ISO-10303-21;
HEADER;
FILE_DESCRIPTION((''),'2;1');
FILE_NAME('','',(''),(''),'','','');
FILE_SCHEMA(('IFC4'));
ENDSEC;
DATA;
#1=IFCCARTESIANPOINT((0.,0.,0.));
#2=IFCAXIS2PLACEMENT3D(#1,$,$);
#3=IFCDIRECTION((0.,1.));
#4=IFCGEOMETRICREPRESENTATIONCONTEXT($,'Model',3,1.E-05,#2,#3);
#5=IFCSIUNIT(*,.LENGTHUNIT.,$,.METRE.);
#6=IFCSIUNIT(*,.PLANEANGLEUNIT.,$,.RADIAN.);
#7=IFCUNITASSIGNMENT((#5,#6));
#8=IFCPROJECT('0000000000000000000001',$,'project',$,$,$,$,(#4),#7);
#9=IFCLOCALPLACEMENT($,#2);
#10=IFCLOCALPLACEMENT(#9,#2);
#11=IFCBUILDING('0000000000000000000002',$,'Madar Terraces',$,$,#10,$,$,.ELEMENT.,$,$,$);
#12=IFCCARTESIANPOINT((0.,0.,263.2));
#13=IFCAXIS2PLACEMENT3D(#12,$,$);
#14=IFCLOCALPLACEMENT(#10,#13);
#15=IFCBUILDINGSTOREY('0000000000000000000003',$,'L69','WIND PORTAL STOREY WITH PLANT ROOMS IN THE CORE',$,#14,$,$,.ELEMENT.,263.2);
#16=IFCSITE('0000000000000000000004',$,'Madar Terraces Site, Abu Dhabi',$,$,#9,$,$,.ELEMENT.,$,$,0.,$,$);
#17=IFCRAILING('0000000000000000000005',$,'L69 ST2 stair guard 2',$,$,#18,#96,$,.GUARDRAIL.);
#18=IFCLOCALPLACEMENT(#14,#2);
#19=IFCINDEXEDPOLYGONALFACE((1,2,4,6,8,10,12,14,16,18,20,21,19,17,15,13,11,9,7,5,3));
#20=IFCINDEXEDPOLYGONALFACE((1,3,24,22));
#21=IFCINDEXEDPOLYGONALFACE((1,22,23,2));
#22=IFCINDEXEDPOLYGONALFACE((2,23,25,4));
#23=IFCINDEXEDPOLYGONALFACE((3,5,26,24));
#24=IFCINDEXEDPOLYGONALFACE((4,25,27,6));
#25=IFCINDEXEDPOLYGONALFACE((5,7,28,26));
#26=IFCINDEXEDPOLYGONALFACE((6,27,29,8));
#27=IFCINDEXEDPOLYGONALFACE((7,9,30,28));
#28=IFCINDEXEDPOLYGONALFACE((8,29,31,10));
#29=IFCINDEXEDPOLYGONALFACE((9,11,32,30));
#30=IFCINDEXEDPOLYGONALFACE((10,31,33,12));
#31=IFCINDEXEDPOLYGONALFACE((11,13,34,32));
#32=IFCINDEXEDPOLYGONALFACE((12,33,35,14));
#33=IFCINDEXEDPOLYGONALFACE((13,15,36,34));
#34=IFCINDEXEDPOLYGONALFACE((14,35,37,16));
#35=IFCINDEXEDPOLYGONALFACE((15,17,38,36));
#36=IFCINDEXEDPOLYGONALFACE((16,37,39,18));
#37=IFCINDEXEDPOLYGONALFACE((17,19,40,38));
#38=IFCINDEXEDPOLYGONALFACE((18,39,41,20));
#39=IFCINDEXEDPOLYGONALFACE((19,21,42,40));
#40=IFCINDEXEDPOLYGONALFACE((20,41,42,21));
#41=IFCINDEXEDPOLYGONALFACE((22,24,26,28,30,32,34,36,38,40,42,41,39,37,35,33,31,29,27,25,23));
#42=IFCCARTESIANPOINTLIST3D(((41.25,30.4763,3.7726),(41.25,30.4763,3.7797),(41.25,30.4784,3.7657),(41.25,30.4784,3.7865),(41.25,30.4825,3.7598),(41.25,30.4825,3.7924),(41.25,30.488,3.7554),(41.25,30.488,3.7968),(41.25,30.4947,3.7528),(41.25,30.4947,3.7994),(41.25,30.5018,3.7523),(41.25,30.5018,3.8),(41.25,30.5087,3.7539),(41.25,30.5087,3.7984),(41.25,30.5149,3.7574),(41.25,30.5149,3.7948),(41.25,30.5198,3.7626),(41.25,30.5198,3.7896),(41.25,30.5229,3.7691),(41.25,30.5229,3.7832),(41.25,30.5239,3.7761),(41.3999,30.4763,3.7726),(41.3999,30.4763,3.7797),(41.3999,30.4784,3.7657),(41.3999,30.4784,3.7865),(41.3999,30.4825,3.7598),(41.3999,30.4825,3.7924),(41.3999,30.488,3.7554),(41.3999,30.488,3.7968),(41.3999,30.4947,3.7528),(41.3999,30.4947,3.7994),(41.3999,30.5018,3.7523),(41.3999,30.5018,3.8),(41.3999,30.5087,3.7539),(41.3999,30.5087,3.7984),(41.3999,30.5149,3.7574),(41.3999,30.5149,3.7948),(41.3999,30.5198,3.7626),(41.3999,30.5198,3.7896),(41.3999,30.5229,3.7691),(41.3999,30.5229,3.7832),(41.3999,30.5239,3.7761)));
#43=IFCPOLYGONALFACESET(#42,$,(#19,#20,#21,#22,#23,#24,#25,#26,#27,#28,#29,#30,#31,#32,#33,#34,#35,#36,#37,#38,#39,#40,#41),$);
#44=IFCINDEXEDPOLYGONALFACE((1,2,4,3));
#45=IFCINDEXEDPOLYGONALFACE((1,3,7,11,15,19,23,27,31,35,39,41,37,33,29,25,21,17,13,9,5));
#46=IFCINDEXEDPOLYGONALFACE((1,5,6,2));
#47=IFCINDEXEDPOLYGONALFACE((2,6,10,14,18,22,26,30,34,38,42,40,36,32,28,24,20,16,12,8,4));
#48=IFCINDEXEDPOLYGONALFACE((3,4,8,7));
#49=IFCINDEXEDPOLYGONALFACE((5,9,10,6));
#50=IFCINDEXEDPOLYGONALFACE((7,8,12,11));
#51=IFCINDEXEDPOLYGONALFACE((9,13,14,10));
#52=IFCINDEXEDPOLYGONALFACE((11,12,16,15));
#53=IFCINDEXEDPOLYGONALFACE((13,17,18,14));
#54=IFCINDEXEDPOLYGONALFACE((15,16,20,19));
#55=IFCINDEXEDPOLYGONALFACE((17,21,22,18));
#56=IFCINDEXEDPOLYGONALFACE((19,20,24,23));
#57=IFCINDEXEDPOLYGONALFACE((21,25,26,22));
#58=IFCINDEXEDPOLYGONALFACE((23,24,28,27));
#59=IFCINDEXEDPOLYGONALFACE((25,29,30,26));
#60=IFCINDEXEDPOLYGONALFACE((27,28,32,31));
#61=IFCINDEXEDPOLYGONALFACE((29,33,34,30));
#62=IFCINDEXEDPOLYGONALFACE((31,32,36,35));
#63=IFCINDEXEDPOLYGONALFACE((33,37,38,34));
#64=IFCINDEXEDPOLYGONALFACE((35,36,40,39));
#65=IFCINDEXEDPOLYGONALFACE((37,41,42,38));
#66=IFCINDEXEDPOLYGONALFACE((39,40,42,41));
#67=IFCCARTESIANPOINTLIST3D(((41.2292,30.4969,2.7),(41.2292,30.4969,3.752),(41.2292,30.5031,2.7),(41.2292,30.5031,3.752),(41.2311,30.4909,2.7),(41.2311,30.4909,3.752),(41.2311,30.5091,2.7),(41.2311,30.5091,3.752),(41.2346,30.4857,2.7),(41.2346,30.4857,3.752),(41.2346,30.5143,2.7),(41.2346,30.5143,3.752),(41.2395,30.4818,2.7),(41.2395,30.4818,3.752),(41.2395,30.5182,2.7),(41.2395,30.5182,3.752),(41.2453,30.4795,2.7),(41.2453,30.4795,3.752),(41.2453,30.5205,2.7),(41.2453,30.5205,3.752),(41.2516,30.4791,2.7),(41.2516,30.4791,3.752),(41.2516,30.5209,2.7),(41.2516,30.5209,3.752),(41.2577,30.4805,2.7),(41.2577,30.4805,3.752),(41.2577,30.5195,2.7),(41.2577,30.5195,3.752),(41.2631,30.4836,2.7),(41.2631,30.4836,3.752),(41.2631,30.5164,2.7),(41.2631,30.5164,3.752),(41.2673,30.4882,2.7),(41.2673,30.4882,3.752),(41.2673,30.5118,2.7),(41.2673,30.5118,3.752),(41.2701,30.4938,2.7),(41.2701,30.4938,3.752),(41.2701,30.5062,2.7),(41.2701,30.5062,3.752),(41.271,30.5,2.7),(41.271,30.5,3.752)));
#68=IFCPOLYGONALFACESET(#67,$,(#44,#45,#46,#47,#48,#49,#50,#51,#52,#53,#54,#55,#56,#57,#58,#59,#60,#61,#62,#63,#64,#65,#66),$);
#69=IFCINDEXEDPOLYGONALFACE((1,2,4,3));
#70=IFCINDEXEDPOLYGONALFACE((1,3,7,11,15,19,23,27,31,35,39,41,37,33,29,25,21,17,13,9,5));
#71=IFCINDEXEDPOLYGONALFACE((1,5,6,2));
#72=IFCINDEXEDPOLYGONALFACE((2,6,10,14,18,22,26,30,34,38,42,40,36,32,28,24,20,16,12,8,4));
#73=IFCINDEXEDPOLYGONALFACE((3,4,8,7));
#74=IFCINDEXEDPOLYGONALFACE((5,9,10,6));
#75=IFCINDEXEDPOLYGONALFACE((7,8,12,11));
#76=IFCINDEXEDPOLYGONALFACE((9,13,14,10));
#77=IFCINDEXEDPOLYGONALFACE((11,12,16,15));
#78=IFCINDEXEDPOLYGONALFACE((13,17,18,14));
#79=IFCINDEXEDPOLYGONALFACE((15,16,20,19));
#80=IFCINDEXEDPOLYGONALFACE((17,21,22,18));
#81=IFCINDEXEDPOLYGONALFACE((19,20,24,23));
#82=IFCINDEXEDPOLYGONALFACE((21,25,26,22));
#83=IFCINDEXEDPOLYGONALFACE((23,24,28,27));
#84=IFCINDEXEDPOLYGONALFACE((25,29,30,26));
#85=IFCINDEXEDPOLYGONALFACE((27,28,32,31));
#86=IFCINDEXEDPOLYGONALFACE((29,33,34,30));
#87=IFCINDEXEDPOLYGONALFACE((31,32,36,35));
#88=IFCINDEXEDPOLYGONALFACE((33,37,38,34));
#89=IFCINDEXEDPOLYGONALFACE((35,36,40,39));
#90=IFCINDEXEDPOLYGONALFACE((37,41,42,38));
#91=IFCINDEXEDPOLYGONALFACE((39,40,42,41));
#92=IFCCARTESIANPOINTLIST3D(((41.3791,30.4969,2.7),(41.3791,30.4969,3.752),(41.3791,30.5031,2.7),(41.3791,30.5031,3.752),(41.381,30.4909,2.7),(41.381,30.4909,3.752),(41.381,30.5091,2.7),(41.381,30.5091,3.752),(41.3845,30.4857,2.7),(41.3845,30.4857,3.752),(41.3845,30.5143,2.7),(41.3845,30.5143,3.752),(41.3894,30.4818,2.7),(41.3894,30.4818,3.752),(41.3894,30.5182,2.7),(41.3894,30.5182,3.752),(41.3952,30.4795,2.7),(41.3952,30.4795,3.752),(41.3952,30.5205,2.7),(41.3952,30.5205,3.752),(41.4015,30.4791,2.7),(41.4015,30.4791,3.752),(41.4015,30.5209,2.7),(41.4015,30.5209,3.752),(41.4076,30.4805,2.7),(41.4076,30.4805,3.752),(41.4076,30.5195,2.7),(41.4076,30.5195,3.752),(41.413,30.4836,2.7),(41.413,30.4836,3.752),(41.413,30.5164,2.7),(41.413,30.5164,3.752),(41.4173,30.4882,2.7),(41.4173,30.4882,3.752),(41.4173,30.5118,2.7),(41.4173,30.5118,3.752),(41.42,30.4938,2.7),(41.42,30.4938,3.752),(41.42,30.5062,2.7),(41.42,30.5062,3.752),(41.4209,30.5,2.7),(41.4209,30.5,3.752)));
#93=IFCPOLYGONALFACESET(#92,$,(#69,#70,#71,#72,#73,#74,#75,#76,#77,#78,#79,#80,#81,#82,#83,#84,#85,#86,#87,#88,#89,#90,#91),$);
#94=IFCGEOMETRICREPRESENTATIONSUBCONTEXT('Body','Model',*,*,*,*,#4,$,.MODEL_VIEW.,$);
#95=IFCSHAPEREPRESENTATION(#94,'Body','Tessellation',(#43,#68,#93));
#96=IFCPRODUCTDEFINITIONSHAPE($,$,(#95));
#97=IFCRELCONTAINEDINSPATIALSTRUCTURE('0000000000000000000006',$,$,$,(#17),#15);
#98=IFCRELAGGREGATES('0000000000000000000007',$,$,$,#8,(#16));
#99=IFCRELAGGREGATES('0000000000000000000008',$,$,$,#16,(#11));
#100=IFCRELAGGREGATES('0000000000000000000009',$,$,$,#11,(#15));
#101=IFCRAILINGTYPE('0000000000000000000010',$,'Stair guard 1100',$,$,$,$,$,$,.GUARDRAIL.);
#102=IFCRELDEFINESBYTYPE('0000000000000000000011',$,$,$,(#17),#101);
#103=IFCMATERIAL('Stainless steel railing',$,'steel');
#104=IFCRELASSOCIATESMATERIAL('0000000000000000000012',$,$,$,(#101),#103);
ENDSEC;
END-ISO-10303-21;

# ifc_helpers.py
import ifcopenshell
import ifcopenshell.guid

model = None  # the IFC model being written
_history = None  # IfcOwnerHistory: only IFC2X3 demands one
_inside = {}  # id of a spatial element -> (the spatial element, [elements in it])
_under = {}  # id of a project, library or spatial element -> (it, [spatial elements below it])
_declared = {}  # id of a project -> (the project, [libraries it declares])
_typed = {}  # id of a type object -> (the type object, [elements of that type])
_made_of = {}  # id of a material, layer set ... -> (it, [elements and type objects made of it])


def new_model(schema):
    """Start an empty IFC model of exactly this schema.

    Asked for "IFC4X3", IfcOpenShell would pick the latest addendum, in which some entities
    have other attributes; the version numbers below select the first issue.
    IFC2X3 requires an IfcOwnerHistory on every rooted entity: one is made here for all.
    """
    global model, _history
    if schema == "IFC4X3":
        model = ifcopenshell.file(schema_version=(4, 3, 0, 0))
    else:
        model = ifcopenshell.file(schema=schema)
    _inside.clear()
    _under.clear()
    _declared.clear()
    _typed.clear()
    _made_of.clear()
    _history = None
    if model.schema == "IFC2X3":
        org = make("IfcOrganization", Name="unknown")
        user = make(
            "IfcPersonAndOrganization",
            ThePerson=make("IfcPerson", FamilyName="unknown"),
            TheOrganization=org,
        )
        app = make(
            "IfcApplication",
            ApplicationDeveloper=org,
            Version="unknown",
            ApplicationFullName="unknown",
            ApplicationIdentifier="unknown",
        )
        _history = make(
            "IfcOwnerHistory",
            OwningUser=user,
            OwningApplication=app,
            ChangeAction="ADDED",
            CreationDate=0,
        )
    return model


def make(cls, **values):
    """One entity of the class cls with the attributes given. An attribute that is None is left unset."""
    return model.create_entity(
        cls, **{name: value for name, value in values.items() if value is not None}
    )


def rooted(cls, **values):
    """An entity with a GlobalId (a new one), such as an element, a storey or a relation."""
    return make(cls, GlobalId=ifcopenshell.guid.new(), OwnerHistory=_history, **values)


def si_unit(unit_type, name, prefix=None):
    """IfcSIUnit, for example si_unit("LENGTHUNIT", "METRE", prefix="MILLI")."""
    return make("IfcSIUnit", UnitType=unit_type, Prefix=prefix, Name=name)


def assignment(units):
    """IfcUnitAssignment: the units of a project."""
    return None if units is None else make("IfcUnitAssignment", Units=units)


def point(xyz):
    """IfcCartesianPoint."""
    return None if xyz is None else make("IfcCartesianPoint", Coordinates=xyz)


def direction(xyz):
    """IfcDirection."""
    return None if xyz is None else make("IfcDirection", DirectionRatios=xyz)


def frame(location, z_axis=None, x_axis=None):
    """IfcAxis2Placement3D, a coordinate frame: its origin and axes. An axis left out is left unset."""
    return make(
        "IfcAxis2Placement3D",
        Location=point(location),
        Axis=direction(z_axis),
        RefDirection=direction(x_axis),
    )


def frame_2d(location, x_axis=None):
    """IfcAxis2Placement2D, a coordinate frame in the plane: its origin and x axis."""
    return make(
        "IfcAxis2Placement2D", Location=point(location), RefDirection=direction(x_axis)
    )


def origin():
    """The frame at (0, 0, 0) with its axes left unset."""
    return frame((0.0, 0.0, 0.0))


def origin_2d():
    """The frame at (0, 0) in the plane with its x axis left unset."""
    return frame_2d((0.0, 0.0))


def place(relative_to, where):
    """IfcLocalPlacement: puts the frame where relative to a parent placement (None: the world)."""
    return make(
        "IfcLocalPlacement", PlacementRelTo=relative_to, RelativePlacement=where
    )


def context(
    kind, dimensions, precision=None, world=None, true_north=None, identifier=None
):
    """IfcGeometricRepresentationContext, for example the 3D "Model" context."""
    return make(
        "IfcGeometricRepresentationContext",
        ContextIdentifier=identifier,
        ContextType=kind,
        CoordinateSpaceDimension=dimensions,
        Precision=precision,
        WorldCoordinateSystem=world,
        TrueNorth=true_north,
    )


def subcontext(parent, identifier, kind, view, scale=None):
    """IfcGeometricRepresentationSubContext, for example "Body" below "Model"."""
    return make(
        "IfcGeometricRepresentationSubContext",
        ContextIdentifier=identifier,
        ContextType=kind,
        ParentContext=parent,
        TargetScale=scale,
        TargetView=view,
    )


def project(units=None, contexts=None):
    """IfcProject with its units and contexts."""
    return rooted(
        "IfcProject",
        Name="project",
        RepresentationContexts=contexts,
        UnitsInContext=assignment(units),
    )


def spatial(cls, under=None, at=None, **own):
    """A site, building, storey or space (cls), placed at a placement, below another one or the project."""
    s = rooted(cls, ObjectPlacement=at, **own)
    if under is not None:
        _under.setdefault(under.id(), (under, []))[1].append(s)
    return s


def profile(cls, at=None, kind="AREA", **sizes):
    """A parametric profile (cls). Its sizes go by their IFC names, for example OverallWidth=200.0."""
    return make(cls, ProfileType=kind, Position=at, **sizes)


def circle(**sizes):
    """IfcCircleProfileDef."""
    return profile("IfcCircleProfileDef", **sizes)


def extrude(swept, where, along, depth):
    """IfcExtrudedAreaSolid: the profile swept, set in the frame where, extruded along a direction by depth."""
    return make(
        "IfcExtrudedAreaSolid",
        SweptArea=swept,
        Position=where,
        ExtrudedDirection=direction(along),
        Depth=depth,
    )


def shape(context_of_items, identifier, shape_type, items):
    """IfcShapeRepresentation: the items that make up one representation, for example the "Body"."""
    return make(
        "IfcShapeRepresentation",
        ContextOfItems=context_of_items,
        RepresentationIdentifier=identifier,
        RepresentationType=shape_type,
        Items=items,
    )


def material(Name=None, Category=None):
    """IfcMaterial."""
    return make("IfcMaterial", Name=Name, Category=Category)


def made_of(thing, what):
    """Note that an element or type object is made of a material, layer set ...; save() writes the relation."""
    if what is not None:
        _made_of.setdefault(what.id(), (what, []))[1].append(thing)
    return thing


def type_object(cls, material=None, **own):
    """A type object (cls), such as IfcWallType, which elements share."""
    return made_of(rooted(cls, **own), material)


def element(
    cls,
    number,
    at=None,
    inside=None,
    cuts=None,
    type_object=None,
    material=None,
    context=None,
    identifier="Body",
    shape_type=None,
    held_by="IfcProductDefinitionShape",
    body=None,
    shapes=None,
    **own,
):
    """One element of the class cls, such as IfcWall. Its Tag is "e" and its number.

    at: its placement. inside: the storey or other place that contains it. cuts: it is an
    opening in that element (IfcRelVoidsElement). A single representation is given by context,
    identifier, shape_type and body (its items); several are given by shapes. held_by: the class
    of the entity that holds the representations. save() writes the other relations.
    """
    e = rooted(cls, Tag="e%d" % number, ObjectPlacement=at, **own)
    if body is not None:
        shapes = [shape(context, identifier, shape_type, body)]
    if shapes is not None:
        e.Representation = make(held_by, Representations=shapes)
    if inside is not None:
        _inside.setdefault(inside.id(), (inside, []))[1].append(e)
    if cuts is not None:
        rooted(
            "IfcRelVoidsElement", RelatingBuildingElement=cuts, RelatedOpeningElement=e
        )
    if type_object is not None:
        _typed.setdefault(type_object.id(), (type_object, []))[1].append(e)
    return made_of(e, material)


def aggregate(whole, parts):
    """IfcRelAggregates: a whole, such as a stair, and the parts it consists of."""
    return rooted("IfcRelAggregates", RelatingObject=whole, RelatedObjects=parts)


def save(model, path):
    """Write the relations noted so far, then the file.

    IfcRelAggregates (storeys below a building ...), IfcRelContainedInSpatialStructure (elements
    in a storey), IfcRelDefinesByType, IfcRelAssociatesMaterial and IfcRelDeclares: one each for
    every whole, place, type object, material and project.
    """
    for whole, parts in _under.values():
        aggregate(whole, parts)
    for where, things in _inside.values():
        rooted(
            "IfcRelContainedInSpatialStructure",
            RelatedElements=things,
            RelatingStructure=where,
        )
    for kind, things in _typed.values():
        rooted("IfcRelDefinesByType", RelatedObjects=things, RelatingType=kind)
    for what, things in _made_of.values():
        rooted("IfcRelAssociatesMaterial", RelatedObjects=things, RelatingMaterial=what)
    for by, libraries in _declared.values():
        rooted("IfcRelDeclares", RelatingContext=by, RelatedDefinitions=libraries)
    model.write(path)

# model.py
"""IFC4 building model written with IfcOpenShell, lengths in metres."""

from ifc_helpers import new_model, si_unit, direction, frame, origin, origin_2d, place, context, subcontext, project, spatial, circle, extrude, material, type_object, element, save


model = new_model("IFC4")

# Units and contexts
model_context = context("Model", 3, precision=1e-05, world=origin(), true_north=direction((0.0, 1.0)))
body_context = subcontext(model_context, "Body", "Model", "MODEL_VIEW")
ifc_project = project(units=[si_unit("LENGTHUNIT", "METRE"), si_unit("PLANEANGLEUNIT", "RADIAN")], contexts=[model_context])

# Site, building, storey
site_placement = place(None, origin())
site = spatial("IfcSite", under=ifc_project, at=site_placement, Name="Madar Terraces Site, Abu Dhabi", CompositionType="ELEMENT", RefElevation=0.0)
building_placement = place(site_placement, origin())
building = spatial("IfcBuilding", under=site, at=building_placement, Name="Madar Terraces", CompositionType="ELEMENT")
storey_placement = place(building_placement, frame((0.0, 0.0, 263.2)))
storey = spatial("IfcBuildingStorey", under=building, at=storey_placement, Name="L69", Description="WIND PORTAL STOREY WITH PLANT ROOMS IN THE CORE", CompositionType="ELEMENT", Elevation=263.2)

# Railing
ifc_material_1 = material(Name="Stainless steel railing", Category="steel")
railing_type_1 = type_object("IfcRailingType", Name="Stair guard 1100", PredefinedType="GUARDRAIL", material=ifc_material_1)
railing_1_placement = place(storey_placement, frame((41.25, 30.5, 2.7)))
element("IfcRailing", 1, at=railing_1_placement, inside=storey, type_object=railing_type_1, Name="L69 ST2 stair guard 2", PredefinedType="GUARDRAIL", context=body_context, shape_type="SweptSolid", body=[
    extrude(circle(Radius=0.0239, at=origin_2d()), frame((0.0, 0.0, 1.0762), z_axis=(1.0, 0.0, 0.0), x_axis=(0.0, 1.0, 0.0)), (0.0, 0.0, 1.0), 0.1499),
    extrude(circle(Radius=0.021, at=origin_2d()), origin(), (0.0, 0.0, 1.0), 1.052),
    extrude(circle(Radius=0.021, at=origin_2d()), frame((0.1499, 0.0, 0.0)), (0.0, 0.0, 1.0), 1.052),
])

save(model, "model.ifc")
